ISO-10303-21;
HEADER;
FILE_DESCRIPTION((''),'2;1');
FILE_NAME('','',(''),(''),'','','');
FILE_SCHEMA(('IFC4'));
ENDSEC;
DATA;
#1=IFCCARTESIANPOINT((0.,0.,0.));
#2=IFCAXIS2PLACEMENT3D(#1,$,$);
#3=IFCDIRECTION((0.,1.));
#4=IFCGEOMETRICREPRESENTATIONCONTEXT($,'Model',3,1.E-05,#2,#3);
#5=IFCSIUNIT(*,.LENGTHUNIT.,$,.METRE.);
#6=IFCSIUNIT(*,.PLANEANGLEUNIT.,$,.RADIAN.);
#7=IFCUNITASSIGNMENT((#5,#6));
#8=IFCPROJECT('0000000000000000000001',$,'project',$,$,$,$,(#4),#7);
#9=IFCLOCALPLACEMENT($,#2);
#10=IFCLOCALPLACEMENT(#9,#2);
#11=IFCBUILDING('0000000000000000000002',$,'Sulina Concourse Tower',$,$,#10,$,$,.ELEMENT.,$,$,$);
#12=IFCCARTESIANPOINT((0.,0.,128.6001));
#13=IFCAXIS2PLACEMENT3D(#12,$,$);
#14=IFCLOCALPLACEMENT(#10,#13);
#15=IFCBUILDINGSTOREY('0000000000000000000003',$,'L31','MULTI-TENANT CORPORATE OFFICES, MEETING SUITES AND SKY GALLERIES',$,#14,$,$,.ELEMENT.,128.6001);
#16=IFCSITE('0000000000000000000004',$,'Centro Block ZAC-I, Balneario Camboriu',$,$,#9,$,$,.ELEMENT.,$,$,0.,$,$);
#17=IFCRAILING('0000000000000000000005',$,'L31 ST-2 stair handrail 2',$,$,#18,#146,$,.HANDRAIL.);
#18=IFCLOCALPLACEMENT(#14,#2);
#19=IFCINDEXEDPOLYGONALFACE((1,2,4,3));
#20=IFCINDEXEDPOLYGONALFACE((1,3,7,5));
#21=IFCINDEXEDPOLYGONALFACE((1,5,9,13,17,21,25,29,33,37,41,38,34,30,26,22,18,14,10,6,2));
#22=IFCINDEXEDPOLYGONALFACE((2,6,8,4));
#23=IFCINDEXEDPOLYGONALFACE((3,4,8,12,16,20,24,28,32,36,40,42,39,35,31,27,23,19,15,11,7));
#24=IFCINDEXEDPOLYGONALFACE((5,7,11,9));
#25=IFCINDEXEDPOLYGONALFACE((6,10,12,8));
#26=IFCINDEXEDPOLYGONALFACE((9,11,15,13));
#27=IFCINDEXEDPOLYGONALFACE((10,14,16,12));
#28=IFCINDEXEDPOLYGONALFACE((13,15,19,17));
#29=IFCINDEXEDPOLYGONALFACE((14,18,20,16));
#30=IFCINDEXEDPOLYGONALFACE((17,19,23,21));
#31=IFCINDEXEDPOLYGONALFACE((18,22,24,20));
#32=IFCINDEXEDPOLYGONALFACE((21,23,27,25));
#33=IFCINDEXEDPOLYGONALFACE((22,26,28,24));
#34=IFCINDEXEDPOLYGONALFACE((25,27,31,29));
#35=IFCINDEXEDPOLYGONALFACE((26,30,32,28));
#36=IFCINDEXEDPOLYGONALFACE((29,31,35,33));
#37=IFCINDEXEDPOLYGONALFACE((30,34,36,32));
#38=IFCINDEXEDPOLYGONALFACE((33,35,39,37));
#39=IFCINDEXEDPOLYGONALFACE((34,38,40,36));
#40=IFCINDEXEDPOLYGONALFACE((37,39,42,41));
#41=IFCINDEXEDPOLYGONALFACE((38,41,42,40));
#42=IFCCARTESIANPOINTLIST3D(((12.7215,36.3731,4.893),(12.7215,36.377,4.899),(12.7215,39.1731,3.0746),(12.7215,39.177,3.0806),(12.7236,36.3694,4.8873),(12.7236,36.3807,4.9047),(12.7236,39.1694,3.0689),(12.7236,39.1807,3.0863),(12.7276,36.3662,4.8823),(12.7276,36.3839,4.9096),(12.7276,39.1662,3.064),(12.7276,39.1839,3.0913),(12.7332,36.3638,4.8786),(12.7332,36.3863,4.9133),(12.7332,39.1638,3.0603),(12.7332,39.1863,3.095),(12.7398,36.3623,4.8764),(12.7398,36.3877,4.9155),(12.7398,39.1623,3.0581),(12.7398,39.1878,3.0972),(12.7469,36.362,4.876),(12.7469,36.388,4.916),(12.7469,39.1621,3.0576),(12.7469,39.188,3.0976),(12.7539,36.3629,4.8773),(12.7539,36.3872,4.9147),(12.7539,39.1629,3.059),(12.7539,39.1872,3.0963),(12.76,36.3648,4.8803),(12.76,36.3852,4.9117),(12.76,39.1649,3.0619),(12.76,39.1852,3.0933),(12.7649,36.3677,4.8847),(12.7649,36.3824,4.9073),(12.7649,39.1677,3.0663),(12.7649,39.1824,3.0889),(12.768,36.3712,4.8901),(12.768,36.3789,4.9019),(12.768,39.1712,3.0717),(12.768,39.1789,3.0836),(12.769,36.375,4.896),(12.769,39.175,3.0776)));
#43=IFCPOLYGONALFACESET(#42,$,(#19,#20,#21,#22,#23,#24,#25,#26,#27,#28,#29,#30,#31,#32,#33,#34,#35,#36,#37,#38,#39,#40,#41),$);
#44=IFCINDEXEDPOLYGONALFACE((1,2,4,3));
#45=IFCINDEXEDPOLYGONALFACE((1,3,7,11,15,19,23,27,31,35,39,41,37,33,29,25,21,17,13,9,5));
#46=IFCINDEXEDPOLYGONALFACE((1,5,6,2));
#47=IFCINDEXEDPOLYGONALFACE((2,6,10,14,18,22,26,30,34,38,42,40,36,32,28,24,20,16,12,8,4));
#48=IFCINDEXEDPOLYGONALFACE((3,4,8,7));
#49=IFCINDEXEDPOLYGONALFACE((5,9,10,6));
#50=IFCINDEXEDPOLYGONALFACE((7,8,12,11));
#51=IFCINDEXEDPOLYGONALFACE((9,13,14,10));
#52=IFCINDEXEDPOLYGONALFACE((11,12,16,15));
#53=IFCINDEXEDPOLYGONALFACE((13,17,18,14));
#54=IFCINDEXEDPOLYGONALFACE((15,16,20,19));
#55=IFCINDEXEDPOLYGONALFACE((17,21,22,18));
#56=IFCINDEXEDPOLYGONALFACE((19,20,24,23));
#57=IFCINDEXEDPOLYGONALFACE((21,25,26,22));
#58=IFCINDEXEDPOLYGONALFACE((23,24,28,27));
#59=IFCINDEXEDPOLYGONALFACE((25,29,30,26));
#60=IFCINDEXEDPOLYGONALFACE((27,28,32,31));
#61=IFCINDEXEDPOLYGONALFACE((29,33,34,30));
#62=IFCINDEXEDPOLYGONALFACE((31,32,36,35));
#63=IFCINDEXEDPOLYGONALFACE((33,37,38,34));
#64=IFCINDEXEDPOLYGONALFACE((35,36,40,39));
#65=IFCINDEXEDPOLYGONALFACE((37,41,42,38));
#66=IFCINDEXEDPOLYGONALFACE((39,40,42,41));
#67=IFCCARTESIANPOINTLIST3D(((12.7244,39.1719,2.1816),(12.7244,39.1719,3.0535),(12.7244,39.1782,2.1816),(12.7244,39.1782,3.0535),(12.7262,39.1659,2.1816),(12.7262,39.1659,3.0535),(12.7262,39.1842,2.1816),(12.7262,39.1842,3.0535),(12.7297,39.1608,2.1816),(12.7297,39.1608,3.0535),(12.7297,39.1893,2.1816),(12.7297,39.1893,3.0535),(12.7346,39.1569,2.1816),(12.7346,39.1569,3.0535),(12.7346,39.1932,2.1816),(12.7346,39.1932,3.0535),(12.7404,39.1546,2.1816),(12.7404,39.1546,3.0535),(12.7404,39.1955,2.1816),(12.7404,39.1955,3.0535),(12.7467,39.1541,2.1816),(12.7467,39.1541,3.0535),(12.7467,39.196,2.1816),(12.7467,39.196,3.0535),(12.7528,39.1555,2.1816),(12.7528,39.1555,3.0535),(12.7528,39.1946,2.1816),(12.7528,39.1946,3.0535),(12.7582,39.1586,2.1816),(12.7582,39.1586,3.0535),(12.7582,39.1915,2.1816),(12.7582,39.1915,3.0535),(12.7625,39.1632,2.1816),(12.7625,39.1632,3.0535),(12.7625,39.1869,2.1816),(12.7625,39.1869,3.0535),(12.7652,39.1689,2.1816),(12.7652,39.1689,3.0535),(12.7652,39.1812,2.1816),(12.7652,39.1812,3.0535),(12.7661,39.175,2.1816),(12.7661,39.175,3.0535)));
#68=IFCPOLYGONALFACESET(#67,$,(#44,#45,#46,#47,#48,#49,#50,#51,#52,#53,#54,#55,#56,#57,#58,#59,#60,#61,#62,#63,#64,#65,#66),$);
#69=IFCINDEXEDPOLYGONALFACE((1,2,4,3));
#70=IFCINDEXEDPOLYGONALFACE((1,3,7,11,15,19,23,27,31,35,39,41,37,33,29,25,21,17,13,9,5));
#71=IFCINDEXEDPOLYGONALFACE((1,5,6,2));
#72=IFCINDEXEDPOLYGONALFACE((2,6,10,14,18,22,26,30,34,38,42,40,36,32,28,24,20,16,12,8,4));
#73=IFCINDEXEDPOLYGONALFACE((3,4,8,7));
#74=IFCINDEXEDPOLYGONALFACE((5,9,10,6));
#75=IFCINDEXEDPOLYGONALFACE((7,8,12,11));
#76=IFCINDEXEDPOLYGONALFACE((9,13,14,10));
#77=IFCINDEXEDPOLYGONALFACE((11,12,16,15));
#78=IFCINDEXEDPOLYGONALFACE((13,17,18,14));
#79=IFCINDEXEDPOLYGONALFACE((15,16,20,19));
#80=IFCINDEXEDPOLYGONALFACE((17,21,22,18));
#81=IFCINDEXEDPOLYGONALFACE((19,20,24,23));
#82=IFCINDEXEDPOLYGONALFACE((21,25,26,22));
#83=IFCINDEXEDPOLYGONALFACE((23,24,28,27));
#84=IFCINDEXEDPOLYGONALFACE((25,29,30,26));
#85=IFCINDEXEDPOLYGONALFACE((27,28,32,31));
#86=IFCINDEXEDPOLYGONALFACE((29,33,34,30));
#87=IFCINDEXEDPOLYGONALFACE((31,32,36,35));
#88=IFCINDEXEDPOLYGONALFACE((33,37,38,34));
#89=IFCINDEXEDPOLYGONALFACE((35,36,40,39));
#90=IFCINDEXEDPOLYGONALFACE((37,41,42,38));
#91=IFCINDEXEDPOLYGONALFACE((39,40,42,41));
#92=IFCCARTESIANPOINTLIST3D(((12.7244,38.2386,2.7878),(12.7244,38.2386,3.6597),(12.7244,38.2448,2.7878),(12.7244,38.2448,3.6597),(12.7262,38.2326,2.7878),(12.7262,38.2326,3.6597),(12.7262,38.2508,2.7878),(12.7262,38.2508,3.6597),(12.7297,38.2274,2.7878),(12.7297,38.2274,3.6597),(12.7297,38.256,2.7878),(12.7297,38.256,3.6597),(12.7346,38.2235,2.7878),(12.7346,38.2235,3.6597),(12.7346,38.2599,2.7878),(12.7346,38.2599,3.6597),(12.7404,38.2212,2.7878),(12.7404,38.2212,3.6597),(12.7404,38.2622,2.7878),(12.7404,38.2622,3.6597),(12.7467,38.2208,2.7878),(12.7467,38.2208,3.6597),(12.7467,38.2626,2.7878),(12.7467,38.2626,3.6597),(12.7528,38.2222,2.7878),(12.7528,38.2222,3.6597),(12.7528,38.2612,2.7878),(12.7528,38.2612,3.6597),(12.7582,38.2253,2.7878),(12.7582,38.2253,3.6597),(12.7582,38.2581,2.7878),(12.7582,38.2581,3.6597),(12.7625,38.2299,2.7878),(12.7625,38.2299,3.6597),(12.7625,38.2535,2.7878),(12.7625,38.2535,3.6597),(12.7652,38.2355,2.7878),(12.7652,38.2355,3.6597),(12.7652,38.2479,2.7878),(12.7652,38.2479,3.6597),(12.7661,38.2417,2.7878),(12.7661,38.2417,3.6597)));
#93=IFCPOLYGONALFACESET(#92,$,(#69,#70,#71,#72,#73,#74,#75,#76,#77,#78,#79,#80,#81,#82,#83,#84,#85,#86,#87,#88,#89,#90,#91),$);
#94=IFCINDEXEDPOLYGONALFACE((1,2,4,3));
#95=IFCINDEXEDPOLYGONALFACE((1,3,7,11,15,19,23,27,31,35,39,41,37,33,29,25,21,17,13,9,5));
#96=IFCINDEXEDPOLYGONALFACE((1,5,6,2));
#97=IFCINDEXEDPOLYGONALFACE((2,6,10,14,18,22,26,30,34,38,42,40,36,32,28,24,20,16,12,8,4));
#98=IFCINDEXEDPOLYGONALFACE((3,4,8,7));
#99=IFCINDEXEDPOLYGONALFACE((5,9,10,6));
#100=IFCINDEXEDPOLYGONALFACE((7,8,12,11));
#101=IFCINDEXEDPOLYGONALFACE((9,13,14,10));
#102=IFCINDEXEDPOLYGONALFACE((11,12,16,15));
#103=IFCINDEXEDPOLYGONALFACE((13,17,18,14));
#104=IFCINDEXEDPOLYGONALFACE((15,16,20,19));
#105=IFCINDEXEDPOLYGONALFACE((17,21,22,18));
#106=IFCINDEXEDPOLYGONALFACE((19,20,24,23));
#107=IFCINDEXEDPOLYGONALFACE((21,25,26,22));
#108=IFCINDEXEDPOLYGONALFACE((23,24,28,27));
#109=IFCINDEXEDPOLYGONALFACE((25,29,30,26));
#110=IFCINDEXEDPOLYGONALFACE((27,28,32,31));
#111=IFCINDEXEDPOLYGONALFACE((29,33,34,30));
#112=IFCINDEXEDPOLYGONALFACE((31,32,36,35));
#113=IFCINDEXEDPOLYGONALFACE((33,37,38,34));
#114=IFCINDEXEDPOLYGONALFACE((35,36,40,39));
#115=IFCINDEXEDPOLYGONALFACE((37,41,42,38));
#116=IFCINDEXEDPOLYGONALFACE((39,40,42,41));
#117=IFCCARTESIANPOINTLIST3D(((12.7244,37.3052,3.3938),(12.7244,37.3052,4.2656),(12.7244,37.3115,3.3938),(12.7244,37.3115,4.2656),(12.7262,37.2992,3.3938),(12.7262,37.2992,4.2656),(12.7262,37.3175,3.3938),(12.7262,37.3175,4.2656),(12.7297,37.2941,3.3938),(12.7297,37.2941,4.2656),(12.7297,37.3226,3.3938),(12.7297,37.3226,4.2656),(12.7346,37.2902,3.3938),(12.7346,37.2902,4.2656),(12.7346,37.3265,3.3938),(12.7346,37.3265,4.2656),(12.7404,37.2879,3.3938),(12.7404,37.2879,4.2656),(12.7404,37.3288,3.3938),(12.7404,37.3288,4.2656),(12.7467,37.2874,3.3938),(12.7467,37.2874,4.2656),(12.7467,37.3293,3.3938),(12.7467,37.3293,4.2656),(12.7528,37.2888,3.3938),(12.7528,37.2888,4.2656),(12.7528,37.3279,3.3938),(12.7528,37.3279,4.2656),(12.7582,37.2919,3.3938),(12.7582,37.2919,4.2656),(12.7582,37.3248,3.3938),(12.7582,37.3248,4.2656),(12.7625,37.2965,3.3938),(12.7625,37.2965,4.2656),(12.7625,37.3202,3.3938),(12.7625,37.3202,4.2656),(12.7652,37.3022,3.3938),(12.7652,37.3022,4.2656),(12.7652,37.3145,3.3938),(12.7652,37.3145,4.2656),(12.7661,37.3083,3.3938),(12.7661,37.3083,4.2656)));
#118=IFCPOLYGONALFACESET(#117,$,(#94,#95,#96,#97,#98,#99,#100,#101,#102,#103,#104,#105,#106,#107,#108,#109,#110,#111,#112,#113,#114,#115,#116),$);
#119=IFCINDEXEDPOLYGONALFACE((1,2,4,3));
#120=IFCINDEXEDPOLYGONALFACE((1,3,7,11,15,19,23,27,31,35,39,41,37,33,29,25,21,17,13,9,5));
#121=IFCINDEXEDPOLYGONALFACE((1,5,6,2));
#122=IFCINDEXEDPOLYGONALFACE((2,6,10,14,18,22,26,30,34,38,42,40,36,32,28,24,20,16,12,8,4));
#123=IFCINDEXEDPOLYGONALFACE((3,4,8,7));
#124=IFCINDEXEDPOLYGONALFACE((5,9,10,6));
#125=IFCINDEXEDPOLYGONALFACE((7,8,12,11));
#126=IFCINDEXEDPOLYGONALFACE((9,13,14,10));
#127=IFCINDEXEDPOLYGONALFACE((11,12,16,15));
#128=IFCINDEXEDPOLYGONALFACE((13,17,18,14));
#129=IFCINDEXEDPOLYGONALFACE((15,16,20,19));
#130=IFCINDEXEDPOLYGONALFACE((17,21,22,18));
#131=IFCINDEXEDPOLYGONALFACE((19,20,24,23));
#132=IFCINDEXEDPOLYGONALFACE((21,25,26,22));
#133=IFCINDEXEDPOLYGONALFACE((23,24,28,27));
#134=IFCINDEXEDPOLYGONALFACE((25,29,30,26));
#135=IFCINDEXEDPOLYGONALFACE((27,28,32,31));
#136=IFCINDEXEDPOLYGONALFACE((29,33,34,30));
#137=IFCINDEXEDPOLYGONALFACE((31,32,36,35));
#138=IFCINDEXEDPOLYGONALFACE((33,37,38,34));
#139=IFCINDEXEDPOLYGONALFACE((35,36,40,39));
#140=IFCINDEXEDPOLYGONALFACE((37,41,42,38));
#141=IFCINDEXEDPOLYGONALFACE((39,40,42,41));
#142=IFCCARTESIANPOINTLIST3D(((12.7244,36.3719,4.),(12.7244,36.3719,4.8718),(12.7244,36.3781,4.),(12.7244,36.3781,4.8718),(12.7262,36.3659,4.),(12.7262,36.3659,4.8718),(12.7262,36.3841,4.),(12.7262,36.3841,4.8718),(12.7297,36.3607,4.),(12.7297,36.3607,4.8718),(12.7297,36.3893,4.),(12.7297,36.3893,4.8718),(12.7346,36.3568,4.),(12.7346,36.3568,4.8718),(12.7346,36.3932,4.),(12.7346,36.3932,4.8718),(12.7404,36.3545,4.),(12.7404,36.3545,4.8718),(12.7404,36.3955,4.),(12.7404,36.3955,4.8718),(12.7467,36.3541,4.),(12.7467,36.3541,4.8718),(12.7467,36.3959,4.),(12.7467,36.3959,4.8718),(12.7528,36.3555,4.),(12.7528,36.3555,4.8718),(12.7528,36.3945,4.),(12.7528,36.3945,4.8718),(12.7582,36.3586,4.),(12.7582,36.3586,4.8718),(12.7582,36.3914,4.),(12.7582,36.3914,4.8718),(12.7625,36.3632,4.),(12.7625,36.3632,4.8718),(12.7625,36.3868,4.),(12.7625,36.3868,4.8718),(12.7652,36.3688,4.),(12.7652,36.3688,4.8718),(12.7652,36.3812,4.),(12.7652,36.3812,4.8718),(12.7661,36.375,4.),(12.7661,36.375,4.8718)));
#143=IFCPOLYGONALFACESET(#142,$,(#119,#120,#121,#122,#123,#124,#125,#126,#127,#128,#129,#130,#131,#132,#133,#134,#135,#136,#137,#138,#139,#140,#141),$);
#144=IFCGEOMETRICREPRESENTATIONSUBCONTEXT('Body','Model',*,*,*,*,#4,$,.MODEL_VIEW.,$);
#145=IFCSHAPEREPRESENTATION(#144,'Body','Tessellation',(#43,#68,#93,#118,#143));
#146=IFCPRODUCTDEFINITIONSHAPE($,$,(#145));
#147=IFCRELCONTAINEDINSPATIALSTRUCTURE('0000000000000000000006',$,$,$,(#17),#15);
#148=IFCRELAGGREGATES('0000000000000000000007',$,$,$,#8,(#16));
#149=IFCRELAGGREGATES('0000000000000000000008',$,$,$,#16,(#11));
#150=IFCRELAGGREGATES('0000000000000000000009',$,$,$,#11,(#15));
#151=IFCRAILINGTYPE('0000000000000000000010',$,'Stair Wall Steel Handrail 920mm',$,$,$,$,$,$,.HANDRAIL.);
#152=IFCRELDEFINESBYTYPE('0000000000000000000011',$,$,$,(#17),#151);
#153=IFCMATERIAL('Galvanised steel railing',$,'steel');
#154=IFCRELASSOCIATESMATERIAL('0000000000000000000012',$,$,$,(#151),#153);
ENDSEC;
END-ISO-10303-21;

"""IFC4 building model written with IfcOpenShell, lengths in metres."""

from ifc_helpers import new_model, si_unit, direction, frame, origin, origin_2d, place, context, subcontext, project, spatial, circle, extrude, material, type_object, element, save


model = new_model("IFC4")

# Units and contexts
model_context = context("Model", 3, precision=1e-05, world=origin(), true_north=direction((0.0, 1.0)))
body_context = subcontext(model_context, "Body", "Model", "MODEL_VIEW")
ifc_project = project(units=[si_unit("LENGTHUNIT", "METRE"), si_unit("PLANEANGLEUNIT", "RADIAN")], contexts=[model_context])

# Site, building, storey
site_placement = place(None, origin())
site = spatial("IfcSite", under=ifc_project, at=site_placement, Name="Centro Block ZAC-I, Balneario Camboriu", CompositionType="ELEMENT", RefElevation=0.0)
building_placement = place(site_placement, origin())
building = spatial("IfcBuilding", under=site, at=building_placement, Name="Sulina Concourse Tower", CompositionType="ELEMENT")
storey_placement = place(building_placement, frame((0.0, 0.0, 128.6001)))
storey = spatial("IfcBuildingStorey", under=building, at=storey_placement, Name="L31", Description="MULTI-TENANT CORPORATE OFFICES, MEETING SUITES AND SKY GALLERIES", CompositionType="ELEMENT", Elevation=128.6001)

# Railing
ifc_material_1 = material(Name="Galvanised steel railing", Category="steel")
railing_type_1 = type_object("IfcRailingType", Name="Stair Wall Steel Handrail 920mm", PredefinedType="HANDRAIL", material=ifc_material_1)
railing_1_placement = place(storey_placement, frame((12.7451, 39.175, 2.1816)))
element("IfcRailing", 1, at=railing_1_placement, inside=storey, type_object=railing_type_1, Name="L31 ST-2 stair handrail 2", PredefinedType="HANDRAIL", context=body_context, shape_type="SweptSolid", body=[
    extrude(circle(Radius=0.0239, at=origin_2d()), frame((0.0, 0.0, 0.896), z_axis=(0.0, -0.838672, 0.544636), x_axis=(1.0, 0.0, 0.0)), (0.0, 0.0, 1.0), 3.3386),
    extrude(circle(Radius=0.021, at=origin_2d()), origin(), (0.0, 0.0, 1.0), 0.8718),
    extrude(circle(Radius=0.021, at=origin_2d()), frame((0.0, -0.9333, 0.6062)), (0.0, 0.0, 1.0), 0.8718),
    extrude(circle(Radius=0.021, at=origin_2d()), frame((0.0, -1.8667, 1.2122)), (0.0, 0.0, 1.0), 0.8718),
    extrude(circle(Radius=0.021, at=origin_2d()), frame((0.0, -2.8, 1.8184)), (0.0, 0.0, 1.0), 0.8718),
])

save(model, "model.ifc")
